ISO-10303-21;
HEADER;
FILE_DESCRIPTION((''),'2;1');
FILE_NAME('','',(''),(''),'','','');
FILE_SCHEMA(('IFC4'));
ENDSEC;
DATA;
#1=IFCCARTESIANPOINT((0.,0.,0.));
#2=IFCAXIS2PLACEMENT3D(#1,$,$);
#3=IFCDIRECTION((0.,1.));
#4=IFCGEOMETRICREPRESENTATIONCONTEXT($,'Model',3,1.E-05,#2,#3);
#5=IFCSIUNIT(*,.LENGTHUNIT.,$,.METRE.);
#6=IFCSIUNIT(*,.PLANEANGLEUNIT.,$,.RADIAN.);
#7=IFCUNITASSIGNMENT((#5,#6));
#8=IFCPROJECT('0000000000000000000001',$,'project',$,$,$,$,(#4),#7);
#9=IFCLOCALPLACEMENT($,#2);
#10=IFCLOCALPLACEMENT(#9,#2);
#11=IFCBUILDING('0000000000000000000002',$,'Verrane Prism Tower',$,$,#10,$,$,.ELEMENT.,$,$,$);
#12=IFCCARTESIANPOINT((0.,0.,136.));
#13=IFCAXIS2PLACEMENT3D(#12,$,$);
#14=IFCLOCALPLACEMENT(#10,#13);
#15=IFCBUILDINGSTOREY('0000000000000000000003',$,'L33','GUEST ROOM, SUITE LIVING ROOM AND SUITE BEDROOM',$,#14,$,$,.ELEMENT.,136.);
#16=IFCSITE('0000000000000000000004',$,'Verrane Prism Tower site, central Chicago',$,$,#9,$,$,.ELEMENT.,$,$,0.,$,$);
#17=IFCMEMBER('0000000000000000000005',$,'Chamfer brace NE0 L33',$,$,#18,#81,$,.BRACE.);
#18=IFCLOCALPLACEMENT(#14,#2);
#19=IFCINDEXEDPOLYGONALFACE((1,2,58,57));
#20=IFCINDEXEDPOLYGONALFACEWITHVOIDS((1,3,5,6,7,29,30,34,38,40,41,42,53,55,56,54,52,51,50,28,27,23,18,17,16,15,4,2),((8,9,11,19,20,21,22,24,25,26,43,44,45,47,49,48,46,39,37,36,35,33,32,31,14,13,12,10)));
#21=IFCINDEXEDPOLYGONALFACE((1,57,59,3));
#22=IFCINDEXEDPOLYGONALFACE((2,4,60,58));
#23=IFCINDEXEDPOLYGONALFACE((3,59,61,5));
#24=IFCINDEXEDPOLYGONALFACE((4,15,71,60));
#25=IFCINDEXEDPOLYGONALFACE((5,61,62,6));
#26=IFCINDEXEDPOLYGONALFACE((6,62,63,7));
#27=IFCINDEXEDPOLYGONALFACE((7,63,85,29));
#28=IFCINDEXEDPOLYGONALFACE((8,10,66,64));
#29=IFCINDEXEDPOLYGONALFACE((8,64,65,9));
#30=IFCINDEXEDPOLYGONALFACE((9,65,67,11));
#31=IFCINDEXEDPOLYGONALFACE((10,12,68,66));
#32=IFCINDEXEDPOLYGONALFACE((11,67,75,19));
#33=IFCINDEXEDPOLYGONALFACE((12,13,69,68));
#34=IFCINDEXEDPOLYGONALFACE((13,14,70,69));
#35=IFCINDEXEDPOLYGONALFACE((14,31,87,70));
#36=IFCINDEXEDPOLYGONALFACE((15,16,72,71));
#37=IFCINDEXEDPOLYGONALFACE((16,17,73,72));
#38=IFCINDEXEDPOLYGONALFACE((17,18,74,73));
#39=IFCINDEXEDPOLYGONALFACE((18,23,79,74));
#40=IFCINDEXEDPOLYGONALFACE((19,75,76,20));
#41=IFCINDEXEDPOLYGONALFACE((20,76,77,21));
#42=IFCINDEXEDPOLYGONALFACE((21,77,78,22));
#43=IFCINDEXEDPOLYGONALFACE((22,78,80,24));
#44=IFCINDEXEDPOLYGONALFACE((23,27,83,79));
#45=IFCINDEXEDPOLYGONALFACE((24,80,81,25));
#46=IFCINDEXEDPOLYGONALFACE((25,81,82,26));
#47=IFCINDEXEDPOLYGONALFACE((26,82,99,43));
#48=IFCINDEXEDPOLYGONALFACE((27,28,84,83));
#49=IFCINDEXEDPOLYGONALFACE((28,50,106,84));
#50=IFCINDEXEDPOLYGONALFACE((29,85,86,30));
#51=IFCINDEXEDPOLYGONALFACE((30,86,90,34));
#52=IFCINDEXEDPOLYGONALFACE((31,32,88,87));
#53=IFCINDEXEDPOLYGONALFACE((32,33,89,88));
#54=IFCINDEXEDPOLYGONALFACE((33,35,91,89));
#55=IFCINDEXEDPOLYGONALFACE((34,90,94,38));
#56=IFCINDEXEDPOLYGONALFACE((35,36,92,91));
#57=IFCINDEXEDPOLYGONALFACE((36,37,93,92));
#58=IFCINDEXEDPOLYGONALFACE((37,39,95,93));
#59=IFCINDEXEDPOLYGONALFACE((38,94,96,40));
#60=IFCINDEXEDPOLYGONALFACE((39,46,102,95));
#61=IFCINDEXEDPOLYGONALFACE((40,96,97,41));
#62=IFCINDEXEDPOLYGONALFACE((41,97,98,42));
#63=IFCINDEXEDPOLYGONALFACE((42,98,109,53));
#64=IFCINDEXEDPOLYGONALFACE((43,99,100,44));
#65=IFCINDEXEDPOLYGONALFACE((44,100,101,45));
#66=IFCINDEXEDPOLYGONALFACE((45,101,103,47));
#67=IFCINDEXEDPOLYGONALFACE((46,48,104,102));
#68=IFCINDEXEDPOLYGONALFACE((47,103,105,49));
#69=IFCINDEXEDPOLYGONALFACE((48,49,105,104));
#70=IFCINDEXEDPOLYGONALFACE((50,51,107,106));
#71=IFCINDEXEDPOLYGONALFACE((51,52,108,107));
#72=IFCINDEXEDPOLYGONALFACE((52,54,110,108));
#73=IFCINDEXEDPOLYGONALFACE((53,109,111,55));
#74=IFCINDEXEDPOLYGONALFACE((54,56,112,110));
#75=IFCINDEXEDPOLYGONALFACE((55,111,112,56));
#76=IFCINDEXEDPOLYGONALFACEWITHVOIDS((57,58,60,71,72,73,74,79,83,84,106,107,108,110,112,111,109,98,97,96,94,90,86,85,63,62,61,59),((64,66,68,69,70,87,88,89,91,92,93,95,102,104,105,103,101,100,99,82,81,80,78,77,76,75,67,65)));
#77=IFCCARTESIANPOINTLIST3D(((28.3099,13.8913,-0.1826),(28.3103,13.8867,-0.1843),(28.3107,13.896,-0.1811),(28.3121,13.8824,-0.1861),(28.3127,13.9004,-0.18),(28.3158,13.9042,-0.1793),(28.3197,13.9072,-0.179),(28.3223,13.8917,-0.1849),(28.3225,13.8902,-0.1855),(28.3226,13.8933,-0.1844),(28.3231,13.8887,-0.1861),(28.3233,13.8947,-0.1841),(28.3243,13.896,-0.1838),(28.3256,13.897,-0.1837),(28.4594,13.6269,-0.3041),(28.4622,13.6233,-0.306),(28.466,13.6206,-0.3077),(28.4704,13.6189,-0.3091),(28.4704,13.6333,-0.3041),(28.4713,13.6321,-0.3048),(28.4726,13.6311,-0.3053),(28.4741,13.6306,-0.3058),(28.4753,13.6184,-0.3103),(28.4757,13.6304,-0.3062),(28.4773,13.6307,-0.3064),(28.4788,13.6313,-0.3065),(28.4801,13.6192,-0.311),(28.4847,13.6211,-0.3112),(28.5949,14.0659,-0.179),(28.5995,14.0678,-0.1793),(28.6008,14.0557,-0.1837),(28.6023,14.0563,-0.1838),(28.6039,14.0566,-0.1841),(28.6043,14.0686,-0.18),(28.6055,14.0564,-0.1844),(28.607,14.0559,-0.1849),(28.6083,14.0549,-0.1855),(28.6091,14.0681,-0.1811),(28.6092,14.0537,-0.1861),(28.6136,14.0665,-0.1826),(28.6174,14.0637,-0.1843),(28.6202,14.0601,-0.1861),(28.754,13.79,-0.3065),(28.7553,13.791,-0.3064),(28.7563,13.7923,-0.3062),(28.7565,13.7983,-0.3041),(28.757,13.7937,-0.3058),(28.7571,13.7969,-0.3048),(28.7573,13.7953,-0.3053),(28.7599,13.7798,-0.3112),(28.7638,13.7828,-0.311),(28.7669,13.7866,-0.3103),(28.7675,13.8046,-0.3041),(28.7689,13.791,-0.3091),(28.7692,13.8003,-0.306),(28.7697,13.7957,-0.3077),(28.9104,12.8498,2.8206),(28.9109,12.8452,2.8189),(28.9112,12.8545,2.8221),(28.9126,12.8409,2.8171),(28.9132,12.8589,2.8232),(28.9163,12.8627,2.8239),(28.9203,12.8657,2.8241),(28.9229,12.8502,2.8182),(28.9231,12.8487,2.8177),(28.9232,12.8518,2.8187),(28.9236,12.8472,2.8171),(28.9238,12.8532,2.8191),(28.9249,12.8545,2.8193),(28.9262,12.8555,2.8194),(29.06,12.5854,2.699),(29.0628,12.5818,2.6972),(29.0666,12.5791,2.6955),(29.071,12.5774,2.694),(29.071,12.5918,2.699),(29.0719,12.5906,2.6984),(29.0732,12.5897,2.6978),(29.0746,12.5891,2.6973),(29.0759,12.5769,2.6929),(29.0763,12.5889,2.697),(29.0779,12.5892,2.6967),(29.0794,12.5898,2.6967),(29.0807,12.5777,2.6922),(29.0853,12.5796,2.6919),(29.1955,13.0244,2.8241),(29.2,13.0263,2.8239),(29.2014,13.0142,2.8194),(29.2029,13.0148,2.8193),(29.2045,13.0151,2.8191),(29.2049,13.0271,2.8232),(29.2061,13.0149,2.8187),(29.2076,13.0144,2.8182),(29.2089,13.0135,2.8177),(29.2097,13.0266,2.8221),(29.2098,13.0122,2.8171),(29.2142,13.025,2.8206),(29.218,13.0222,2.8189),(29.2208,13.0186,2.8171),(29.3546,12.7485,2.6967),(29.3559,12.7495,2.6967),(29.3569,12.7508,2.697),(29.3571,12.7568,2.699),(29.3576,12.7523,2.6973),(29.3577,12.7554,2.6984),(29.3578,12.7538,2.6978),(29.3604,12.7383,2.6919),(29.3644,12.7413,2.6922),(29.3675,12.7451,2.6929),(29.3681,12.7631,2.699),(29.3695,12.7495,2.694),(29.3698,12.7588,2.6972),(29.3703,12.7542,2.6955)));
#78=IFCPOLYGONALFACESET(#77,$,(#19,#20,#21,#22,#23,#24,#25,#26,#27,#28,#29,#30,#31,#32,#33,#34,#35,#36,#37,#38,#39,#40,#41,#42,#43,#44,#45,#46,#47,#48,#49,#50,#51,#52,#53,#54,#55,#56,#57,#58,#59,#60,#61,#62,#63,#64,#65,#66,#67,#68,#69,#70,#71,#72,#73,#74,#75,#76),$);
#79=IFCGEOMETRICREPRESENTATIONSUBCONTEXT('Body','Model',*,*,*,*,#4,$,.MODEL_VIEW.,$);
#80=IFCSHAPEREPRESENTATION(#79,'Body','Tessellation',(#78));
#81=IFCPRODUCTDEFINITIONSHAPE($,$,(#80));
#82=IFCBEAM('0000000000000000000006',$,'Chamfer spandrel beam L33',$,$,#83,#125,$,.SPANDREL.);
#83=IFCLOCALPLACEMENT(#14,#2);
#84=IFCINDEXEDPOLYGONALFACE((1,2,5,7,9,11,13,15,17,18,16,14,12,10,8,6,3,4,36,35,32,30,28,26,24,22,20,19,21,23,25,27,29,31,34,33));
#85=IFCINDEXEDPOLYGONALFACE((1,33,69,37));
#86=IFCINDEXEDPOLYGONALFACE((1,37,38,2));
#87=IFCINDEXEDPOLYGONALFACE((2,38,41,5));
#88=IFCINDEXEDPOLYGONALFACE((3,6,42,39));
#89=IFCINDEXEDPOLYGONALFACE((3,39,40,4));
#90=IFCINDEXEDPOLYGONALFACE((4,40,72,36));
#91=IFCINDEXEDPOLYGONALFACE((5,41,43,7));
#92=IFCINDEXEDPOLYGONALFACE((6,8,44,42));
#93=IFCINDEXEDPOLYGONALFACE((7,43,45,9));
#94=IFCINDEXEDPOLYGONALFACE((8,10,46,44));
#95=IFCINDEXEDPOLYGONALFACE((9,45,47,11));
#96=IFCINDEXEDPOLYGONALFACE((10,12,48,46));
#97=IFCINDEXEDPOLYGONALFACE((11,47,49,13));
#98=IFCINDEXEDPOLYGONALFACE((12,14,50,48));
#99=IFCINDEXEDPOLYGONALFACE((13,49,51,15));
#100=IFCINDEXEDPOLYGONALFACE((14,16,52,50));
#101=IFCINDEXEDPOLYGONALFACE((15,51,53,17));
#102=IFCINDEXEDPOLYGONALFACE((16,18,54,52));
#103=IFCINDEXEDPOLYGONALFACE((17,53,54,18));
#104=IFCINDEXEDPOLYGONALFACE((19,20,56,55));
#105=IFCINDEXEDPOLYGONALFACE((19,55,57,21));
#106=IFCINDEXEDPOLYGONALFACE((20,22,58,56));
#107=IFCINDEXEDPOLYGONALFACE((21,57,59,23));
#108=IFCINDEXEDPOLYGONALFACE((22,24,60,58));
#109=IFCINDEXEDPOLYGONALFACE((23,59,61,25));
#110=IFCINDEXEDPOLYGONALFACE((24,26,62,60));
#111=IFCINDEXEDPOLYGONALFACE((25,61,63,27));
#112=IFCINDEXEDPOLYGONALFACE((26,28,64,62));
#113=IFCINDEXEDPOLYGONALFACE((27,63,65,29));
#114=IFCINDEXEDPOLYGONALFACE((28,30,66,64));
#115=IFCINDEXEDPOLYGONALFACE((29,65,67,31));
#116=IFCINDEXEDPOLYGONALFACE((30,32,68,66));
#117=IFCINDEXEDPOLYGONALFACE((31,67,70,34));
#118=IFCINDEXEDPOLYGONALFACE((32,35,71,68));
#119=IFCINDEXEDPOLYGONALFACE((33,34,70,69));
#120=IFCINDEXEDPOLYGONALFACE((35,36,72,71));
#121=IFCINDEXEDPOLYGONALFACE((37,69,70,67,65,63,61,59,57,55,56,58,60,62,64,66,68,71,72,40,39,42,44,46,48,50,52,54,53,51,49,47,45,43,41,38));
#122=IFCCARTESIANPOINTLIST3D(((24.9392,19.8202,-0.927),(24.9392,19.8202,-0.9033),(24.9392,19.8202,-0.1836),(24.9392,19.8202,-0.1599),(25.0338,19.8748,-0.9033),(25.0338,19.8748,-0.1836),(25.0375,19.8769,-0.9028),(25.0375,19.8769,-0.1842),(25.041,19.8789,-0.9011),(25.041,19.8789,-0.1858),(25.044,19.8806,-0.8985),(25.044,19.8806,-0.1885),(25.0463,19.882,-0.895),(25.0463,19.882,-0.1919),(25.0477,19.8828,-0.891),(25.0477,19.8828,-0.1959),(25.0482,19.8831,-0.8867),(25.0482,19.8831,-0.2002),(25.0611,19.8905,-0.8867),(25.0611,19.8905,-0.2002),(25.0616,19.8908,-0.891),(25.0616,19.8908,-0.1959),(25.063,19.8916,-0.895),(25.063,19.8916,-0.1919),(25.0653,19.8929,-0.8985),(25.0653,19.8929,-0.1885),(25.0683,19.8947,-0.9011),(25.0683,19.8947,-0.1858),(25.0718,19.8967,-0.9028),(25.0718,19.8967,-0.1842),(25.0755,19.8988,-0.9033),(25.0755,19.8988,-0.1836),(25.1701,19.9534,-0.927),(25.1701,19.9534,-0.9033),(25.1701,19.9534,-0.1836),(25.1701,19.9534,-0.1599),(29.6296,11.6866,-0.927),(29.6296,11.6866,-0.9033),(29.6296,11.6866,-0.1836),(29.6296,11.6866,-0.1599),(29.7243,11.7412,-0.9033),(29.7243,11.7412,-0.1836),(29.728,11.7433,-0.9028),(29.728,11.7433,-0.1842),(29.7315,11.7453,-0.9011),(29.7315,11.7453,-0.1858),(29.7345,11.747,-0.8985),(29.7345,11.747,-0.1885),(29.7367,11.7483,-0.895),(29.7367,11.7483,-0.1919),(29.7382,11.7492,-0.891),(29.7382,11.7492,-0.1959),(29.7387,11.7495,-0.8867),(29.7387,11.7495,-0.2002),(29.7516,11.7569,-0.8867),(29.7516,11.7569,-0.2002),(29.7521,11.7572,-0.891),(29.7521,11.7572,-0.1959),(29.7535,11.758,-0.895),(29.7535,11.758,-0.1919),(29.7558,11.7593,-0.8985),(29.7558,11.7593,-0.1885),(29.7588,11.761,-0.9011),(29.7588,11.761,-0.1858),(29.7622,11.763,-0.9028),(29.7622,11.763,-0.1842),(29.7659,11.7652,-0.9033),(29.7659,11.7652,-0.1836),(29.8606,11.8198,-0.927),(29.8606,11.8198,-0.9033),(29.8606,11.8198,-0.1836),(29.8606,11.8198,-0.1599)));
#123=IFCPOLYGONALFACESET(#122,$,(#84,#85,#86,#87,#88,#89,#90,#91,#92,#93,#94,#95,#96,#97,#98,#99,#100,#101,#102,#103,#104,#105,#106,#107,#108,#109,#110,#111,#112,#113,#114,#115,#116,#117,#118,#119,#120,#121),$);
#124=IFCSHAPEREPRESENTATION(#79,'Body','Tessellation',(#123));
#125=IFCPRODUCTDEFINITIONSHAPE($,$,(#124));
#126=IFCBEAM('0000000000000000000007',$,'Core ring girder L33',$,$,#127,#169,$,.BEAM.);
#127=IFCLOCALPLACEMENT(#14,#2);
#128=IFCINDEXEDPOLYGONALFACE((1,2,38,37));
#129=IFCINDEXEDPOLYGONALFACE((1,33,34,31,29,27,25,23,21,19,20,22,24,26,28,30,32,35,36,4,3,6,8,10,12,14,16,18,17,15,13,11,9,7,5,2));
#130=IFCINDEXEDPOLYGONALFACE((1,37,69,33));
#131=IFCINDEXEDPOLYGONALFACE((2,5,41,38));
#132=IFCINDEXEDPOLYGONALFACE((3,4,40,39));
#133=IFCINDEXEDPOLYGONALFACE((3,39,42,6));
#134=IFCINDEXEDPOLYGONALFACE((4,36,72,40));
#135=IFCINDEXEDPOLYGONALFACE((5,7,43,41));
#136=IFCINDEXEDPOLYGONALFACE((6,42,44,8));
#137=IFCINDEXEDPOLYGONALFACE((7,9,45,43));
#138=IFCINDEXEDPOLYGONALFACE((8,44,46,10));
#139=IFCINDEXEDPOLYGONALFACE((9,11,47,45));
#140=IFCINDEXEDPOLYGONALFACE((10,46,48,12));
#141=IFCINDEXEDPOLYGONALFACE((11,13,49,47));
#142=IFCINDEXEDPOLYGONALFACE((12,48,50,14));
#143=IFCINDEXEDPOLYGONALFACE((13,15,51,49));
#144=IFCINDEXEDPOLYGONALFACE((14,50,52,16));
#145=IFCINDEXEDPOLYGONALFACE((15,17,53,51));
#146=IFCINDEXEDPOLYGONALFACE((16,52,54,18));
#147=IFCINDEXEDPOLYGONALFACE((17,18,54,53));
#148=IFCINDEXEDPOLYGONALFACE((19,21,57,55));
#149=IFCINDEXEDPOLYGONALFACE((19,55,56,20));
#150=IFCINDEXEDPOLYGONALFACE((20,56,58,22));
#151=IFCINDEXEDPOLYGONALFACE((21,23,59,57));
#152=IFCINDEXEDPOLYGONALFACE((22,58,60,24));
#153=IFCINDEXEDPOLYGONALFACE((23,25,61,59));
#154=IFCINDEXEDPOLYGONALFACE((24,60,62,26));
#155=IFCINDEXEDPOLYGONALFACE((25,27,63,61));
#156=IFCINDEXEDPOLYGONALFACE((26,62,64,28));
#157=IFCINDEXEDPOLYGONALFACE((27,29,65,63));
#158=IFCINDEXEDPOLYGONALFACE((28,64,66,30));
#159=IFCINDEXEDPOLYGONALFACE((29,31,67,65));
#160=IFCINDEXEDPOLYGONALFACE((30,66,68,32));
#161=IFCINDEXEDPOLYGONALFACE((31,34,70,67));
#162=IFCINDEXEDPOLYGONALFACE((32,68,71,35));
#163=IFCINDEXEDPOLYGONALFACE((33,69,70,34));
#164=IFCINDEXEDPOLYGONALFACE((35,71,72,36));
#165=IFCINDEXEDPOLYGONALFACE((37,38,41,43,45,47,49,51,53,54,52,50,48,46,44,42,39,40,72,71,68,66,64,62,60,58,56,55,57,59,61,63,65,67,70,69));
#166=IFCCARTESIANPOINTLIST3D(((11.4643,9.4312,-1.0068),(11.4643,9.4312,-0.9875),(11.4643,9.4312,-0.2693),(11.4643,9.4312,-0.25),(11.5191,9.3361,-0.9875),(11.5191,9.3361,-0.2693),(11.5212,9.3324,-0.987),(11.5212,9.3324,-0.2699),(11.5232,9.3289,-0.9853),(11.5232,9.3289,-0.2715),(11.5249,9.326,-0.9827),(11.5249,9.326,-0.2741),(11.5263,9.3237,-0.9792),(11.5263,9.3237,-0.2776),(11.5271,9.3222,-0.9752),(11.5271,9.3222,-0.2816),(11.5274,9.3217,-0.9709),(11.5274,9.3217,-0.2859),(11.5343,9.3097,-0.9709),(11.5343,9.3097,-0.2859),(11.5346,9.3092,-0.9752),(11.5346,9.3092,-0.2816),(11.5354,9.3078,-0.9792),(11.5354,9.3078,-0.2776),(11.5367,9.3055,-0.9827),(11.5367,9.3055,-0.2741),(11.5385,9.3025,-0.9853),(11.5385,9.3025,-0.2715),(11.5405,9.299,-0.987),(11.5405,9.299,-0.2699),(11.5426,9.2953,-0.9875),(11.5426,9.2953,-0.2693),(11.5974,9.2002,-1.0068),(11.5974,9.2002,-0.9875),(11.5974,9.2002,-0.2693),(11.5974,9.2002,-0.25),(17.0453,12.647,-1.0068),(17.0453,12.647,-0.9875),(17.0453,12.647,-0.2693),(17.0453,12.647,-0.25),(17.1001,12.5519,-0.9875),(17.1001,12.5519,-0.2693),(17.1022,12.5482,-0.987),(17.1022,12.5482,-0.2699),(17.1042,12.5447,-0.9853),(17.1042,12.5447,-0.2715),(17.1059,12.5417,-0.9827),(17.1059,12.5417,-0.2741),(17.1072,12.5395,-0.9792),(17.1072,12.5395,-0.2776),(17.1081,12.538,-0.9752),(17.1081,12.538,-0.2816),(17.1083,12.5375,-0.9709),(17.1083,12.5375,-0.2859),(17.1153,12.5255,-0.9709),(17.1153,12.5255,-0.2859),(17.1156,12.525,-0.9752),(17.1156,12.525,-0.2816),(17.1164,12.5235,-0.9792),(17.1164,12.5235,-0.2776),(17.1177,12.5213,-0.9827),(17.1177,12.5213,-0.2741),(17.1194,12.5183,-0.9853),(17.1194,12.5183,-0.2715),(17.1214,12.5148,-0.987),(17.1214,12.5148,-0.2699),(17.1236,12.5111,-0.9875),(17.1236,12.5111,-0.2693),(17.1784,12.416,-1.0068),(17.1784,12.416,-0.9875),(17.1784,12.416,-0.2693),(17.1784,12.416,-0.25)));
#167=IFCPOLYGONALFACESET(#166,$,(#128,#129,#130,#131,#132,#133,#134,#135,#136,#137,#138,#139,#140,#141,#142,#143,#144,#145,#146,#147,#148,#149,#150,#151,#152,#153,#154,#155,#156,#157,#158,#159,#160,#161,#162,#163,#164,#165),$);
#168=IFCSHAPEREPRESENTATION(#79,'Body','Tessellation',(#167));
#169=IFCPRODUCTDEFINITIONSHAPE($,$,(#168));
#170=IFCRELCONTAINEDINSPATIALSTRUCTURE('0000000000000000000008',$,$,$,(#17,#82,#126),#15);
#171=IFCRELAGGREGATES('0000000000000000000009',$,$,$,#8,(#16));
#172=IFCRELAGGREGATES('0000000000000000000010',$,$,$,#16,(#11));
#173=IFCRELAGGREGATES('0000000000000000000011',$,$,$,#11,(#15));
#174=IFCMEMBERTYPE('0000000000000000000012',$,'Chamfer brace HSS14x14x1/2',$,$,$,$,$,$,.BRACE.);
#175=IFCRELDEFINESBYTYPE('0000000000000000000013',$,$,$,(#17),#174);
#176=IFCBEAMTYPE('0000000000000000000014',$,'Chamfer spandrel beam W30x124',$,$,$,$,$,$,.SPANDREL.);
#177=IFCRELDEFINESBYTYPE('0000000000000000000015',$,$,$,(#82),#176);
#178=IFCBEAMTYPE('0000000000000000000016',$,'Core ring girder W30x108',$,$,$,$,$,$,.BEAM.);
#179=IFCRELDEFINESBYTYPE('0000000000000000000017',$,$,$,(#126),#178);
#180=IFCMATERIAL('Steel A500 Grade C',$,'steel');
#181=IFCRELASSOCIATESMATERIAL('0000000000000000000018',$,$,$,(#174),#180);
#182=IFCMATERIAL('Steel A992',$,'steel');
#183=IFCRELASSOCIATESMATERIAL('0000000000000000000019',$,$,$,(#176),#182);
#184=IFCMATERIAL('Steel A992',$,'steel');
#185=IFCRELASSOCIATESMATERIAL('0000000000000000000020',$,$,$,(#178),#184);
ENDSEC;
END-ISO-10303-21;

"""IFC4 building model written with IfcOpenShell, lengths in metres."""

from ifc_helpers import new_model, si_unit, direction, frame, origin, origin_2d, place, context, subcontext, project, spatial, hollow_rectangle, i_section, extrude, material, material_profile, profile_set, type_object, element, save


model = new_model("IFC4")

# Units and contexts
model_context = context("Model", 3, precision=1e-05, world=origin(), true_north=direction((0.0, 1.0)))
body_context = subcontext(model_context, "Body", "Model", "MODEL_VIEW")
ifc_project = project(units=[si_unit("LENGTHUNIT", "METRE"), si_unit("PLANEANGLEUNIT", "RADIAN")], contexts=[model_context])

# Site, building, storey
site_placement = place(None, origin())
site = spatial("IfcSite", under=ifc_project, at=site_placement, Name="Verrane Prism Tower site, central Chicago", CompositionType="ELEMENT", RefElevation=0.0)
building_placement = place(site_placement, origin())
building = spatial("IfcBuilding", under=site, at=building_placement, Name="Verrane Prism Tower", CompositionType="ELEMENT")
storey_placement = place(building_placement, frame((0.0, 0.0, 136.0)))
storey = spatial("IfcBuildingStorey", under=building, at=storey_placement, Name="L33", Description="GUEST ROOM, SUITE LIVING ROOM AND SUITE BEDROOM", CompositionType="ELEMENT", Elevation=136.0)

# Member
ifc_material_1 = material(Name="Steel A500 Grade C", Category="steel")
ifc_material_profile_1 = material_profile(ifc_material_1, hollow_rectangle(XDim=0.3557, YDim=0.3557, WallThickness=0.0127, InnerFilletRadius=0.0063, OuterFilletRadius=0.019, at=origin_2d()), Name="HSS14x14x1/2")
ifc_profile_set_1 = profile_set([ifc_material_profile_1], Name="Steel A500 Grade C")
member_type_1 = type_object("IfcMemberType", Name="Chamfer brace HSS14x14x1/2", PredefinedType="BRACE", material=ifc_profile_set_1)
member_1_placement = place(storey_placement, frame((28.5398, 13.8435, -0.2451), z_axis=(0.185659, -0.32196, 0.928371), x_axis=(0.866287, 0.499547, 0.0)))
element("IfcMember", 1, at=member_1_placement, inside=storey, type_object=member_type_1, Name="Chamfer brace NE0 L33", PredefinedType="BRACE", context=body_context, shape_type="SweptSolid", body=[
    extrude(hollow_rectangle(XDim=0.3557, YDim=0.3557, WallThickness=0.0127, InnerFilletRadius=0.0063, OuterFilletRadius=0.019, at=origin_2d()), origin(), (0.0, 0.0, 1.0), 3.2349),
])

# Beams
ifc_material_2 = material(Name="Steel A992", Category="steel")
ifc_material_profile_2 = material_profile(ifc_material_2, i_section(OverallWidth=0.2666, OverallDepth=0.7671, WebThickness=0.0149, FlangeThickness=0.0237, FilletRadius=0.0166, at=origin_2d()), Name="W30x124")
ifc_profile_set_2 = profile_set([ifc_material_profile_2], Name="Steel A992")
beam_type_1 = type_object("IfcBeamType", Name="Chamfer spandrel beam W30x124", PredefinedType="SPANDREL", material=ifc_profile_set_2)
beam_1_placement = place(storey_placement, frame((29.7451, 11.7532, -0.5435), z_axis=(-0.499563, 0.866278, 0.0), x_axis=(-0.866278, -0.499563, 0.0)))
element("IfcBeam", 2, at=beam_1_placement, inside=storey, type_object=beam_type_1, Name="Chamfer spandrel beam L33", PredefinedType="SPANDREL", context=body_context, shape_type="SweptSolid", body=[
    extrude(i_section(OverallWidth=0.2666, OverallDepth=0.7671, WebThickness=0.0149, FlangeThickness=0.0237, FilletRadius=0.0166, at=origin_2d()), origin(), (0.0, 0.0, 1.0), 9.3892),
])
ifc_material_3 = material(Name="Steel A992", Category="steel")
ifc_material_profile_3 = material_profile(ifc_material_3, i_section(OverallWidth=0.2666, OverallDepth=0.7568, WebThickness=0.0139, FlangeThickness=0.0193, FilletRadius=0.0166, at=origin_2d()), Name="W30x108")
ifc_profile_set_3 = profile_set([ifc_material_profile_3], Name="Steel A992")
beam_type_2 = type_object("IfcBeamType", Name="Core ring girder W30x108", PredefinedType="BEAM", material=ifc_profile_set_3)
beam_2_placement = place(storey_placement, frame((17.1118, 12.5315, -0.6284), z_axis=(-0.866456, -0.499254, 0.0), x_axis=(0.499254, -0.866456, 0.0)))
element("IfcBeam", 3, at=beam_2_placement, inside=storey, type_object=beam_type_2, Name="Core ring girder L33", PredefinedType="BEAM", context=body_context, shape_type="SweptSolid", body=[
    extrude(i_section(OverallWidth=0.2666, OverallDepth=0.7568, WebThickness=0.0139, FlangeThickness=0.0193, FilletRadius=0.0166, at=origin_2d()), origin(), (0.0, 0.0, 1.0), 6.4412),
])

save(model, "model.ifc")
